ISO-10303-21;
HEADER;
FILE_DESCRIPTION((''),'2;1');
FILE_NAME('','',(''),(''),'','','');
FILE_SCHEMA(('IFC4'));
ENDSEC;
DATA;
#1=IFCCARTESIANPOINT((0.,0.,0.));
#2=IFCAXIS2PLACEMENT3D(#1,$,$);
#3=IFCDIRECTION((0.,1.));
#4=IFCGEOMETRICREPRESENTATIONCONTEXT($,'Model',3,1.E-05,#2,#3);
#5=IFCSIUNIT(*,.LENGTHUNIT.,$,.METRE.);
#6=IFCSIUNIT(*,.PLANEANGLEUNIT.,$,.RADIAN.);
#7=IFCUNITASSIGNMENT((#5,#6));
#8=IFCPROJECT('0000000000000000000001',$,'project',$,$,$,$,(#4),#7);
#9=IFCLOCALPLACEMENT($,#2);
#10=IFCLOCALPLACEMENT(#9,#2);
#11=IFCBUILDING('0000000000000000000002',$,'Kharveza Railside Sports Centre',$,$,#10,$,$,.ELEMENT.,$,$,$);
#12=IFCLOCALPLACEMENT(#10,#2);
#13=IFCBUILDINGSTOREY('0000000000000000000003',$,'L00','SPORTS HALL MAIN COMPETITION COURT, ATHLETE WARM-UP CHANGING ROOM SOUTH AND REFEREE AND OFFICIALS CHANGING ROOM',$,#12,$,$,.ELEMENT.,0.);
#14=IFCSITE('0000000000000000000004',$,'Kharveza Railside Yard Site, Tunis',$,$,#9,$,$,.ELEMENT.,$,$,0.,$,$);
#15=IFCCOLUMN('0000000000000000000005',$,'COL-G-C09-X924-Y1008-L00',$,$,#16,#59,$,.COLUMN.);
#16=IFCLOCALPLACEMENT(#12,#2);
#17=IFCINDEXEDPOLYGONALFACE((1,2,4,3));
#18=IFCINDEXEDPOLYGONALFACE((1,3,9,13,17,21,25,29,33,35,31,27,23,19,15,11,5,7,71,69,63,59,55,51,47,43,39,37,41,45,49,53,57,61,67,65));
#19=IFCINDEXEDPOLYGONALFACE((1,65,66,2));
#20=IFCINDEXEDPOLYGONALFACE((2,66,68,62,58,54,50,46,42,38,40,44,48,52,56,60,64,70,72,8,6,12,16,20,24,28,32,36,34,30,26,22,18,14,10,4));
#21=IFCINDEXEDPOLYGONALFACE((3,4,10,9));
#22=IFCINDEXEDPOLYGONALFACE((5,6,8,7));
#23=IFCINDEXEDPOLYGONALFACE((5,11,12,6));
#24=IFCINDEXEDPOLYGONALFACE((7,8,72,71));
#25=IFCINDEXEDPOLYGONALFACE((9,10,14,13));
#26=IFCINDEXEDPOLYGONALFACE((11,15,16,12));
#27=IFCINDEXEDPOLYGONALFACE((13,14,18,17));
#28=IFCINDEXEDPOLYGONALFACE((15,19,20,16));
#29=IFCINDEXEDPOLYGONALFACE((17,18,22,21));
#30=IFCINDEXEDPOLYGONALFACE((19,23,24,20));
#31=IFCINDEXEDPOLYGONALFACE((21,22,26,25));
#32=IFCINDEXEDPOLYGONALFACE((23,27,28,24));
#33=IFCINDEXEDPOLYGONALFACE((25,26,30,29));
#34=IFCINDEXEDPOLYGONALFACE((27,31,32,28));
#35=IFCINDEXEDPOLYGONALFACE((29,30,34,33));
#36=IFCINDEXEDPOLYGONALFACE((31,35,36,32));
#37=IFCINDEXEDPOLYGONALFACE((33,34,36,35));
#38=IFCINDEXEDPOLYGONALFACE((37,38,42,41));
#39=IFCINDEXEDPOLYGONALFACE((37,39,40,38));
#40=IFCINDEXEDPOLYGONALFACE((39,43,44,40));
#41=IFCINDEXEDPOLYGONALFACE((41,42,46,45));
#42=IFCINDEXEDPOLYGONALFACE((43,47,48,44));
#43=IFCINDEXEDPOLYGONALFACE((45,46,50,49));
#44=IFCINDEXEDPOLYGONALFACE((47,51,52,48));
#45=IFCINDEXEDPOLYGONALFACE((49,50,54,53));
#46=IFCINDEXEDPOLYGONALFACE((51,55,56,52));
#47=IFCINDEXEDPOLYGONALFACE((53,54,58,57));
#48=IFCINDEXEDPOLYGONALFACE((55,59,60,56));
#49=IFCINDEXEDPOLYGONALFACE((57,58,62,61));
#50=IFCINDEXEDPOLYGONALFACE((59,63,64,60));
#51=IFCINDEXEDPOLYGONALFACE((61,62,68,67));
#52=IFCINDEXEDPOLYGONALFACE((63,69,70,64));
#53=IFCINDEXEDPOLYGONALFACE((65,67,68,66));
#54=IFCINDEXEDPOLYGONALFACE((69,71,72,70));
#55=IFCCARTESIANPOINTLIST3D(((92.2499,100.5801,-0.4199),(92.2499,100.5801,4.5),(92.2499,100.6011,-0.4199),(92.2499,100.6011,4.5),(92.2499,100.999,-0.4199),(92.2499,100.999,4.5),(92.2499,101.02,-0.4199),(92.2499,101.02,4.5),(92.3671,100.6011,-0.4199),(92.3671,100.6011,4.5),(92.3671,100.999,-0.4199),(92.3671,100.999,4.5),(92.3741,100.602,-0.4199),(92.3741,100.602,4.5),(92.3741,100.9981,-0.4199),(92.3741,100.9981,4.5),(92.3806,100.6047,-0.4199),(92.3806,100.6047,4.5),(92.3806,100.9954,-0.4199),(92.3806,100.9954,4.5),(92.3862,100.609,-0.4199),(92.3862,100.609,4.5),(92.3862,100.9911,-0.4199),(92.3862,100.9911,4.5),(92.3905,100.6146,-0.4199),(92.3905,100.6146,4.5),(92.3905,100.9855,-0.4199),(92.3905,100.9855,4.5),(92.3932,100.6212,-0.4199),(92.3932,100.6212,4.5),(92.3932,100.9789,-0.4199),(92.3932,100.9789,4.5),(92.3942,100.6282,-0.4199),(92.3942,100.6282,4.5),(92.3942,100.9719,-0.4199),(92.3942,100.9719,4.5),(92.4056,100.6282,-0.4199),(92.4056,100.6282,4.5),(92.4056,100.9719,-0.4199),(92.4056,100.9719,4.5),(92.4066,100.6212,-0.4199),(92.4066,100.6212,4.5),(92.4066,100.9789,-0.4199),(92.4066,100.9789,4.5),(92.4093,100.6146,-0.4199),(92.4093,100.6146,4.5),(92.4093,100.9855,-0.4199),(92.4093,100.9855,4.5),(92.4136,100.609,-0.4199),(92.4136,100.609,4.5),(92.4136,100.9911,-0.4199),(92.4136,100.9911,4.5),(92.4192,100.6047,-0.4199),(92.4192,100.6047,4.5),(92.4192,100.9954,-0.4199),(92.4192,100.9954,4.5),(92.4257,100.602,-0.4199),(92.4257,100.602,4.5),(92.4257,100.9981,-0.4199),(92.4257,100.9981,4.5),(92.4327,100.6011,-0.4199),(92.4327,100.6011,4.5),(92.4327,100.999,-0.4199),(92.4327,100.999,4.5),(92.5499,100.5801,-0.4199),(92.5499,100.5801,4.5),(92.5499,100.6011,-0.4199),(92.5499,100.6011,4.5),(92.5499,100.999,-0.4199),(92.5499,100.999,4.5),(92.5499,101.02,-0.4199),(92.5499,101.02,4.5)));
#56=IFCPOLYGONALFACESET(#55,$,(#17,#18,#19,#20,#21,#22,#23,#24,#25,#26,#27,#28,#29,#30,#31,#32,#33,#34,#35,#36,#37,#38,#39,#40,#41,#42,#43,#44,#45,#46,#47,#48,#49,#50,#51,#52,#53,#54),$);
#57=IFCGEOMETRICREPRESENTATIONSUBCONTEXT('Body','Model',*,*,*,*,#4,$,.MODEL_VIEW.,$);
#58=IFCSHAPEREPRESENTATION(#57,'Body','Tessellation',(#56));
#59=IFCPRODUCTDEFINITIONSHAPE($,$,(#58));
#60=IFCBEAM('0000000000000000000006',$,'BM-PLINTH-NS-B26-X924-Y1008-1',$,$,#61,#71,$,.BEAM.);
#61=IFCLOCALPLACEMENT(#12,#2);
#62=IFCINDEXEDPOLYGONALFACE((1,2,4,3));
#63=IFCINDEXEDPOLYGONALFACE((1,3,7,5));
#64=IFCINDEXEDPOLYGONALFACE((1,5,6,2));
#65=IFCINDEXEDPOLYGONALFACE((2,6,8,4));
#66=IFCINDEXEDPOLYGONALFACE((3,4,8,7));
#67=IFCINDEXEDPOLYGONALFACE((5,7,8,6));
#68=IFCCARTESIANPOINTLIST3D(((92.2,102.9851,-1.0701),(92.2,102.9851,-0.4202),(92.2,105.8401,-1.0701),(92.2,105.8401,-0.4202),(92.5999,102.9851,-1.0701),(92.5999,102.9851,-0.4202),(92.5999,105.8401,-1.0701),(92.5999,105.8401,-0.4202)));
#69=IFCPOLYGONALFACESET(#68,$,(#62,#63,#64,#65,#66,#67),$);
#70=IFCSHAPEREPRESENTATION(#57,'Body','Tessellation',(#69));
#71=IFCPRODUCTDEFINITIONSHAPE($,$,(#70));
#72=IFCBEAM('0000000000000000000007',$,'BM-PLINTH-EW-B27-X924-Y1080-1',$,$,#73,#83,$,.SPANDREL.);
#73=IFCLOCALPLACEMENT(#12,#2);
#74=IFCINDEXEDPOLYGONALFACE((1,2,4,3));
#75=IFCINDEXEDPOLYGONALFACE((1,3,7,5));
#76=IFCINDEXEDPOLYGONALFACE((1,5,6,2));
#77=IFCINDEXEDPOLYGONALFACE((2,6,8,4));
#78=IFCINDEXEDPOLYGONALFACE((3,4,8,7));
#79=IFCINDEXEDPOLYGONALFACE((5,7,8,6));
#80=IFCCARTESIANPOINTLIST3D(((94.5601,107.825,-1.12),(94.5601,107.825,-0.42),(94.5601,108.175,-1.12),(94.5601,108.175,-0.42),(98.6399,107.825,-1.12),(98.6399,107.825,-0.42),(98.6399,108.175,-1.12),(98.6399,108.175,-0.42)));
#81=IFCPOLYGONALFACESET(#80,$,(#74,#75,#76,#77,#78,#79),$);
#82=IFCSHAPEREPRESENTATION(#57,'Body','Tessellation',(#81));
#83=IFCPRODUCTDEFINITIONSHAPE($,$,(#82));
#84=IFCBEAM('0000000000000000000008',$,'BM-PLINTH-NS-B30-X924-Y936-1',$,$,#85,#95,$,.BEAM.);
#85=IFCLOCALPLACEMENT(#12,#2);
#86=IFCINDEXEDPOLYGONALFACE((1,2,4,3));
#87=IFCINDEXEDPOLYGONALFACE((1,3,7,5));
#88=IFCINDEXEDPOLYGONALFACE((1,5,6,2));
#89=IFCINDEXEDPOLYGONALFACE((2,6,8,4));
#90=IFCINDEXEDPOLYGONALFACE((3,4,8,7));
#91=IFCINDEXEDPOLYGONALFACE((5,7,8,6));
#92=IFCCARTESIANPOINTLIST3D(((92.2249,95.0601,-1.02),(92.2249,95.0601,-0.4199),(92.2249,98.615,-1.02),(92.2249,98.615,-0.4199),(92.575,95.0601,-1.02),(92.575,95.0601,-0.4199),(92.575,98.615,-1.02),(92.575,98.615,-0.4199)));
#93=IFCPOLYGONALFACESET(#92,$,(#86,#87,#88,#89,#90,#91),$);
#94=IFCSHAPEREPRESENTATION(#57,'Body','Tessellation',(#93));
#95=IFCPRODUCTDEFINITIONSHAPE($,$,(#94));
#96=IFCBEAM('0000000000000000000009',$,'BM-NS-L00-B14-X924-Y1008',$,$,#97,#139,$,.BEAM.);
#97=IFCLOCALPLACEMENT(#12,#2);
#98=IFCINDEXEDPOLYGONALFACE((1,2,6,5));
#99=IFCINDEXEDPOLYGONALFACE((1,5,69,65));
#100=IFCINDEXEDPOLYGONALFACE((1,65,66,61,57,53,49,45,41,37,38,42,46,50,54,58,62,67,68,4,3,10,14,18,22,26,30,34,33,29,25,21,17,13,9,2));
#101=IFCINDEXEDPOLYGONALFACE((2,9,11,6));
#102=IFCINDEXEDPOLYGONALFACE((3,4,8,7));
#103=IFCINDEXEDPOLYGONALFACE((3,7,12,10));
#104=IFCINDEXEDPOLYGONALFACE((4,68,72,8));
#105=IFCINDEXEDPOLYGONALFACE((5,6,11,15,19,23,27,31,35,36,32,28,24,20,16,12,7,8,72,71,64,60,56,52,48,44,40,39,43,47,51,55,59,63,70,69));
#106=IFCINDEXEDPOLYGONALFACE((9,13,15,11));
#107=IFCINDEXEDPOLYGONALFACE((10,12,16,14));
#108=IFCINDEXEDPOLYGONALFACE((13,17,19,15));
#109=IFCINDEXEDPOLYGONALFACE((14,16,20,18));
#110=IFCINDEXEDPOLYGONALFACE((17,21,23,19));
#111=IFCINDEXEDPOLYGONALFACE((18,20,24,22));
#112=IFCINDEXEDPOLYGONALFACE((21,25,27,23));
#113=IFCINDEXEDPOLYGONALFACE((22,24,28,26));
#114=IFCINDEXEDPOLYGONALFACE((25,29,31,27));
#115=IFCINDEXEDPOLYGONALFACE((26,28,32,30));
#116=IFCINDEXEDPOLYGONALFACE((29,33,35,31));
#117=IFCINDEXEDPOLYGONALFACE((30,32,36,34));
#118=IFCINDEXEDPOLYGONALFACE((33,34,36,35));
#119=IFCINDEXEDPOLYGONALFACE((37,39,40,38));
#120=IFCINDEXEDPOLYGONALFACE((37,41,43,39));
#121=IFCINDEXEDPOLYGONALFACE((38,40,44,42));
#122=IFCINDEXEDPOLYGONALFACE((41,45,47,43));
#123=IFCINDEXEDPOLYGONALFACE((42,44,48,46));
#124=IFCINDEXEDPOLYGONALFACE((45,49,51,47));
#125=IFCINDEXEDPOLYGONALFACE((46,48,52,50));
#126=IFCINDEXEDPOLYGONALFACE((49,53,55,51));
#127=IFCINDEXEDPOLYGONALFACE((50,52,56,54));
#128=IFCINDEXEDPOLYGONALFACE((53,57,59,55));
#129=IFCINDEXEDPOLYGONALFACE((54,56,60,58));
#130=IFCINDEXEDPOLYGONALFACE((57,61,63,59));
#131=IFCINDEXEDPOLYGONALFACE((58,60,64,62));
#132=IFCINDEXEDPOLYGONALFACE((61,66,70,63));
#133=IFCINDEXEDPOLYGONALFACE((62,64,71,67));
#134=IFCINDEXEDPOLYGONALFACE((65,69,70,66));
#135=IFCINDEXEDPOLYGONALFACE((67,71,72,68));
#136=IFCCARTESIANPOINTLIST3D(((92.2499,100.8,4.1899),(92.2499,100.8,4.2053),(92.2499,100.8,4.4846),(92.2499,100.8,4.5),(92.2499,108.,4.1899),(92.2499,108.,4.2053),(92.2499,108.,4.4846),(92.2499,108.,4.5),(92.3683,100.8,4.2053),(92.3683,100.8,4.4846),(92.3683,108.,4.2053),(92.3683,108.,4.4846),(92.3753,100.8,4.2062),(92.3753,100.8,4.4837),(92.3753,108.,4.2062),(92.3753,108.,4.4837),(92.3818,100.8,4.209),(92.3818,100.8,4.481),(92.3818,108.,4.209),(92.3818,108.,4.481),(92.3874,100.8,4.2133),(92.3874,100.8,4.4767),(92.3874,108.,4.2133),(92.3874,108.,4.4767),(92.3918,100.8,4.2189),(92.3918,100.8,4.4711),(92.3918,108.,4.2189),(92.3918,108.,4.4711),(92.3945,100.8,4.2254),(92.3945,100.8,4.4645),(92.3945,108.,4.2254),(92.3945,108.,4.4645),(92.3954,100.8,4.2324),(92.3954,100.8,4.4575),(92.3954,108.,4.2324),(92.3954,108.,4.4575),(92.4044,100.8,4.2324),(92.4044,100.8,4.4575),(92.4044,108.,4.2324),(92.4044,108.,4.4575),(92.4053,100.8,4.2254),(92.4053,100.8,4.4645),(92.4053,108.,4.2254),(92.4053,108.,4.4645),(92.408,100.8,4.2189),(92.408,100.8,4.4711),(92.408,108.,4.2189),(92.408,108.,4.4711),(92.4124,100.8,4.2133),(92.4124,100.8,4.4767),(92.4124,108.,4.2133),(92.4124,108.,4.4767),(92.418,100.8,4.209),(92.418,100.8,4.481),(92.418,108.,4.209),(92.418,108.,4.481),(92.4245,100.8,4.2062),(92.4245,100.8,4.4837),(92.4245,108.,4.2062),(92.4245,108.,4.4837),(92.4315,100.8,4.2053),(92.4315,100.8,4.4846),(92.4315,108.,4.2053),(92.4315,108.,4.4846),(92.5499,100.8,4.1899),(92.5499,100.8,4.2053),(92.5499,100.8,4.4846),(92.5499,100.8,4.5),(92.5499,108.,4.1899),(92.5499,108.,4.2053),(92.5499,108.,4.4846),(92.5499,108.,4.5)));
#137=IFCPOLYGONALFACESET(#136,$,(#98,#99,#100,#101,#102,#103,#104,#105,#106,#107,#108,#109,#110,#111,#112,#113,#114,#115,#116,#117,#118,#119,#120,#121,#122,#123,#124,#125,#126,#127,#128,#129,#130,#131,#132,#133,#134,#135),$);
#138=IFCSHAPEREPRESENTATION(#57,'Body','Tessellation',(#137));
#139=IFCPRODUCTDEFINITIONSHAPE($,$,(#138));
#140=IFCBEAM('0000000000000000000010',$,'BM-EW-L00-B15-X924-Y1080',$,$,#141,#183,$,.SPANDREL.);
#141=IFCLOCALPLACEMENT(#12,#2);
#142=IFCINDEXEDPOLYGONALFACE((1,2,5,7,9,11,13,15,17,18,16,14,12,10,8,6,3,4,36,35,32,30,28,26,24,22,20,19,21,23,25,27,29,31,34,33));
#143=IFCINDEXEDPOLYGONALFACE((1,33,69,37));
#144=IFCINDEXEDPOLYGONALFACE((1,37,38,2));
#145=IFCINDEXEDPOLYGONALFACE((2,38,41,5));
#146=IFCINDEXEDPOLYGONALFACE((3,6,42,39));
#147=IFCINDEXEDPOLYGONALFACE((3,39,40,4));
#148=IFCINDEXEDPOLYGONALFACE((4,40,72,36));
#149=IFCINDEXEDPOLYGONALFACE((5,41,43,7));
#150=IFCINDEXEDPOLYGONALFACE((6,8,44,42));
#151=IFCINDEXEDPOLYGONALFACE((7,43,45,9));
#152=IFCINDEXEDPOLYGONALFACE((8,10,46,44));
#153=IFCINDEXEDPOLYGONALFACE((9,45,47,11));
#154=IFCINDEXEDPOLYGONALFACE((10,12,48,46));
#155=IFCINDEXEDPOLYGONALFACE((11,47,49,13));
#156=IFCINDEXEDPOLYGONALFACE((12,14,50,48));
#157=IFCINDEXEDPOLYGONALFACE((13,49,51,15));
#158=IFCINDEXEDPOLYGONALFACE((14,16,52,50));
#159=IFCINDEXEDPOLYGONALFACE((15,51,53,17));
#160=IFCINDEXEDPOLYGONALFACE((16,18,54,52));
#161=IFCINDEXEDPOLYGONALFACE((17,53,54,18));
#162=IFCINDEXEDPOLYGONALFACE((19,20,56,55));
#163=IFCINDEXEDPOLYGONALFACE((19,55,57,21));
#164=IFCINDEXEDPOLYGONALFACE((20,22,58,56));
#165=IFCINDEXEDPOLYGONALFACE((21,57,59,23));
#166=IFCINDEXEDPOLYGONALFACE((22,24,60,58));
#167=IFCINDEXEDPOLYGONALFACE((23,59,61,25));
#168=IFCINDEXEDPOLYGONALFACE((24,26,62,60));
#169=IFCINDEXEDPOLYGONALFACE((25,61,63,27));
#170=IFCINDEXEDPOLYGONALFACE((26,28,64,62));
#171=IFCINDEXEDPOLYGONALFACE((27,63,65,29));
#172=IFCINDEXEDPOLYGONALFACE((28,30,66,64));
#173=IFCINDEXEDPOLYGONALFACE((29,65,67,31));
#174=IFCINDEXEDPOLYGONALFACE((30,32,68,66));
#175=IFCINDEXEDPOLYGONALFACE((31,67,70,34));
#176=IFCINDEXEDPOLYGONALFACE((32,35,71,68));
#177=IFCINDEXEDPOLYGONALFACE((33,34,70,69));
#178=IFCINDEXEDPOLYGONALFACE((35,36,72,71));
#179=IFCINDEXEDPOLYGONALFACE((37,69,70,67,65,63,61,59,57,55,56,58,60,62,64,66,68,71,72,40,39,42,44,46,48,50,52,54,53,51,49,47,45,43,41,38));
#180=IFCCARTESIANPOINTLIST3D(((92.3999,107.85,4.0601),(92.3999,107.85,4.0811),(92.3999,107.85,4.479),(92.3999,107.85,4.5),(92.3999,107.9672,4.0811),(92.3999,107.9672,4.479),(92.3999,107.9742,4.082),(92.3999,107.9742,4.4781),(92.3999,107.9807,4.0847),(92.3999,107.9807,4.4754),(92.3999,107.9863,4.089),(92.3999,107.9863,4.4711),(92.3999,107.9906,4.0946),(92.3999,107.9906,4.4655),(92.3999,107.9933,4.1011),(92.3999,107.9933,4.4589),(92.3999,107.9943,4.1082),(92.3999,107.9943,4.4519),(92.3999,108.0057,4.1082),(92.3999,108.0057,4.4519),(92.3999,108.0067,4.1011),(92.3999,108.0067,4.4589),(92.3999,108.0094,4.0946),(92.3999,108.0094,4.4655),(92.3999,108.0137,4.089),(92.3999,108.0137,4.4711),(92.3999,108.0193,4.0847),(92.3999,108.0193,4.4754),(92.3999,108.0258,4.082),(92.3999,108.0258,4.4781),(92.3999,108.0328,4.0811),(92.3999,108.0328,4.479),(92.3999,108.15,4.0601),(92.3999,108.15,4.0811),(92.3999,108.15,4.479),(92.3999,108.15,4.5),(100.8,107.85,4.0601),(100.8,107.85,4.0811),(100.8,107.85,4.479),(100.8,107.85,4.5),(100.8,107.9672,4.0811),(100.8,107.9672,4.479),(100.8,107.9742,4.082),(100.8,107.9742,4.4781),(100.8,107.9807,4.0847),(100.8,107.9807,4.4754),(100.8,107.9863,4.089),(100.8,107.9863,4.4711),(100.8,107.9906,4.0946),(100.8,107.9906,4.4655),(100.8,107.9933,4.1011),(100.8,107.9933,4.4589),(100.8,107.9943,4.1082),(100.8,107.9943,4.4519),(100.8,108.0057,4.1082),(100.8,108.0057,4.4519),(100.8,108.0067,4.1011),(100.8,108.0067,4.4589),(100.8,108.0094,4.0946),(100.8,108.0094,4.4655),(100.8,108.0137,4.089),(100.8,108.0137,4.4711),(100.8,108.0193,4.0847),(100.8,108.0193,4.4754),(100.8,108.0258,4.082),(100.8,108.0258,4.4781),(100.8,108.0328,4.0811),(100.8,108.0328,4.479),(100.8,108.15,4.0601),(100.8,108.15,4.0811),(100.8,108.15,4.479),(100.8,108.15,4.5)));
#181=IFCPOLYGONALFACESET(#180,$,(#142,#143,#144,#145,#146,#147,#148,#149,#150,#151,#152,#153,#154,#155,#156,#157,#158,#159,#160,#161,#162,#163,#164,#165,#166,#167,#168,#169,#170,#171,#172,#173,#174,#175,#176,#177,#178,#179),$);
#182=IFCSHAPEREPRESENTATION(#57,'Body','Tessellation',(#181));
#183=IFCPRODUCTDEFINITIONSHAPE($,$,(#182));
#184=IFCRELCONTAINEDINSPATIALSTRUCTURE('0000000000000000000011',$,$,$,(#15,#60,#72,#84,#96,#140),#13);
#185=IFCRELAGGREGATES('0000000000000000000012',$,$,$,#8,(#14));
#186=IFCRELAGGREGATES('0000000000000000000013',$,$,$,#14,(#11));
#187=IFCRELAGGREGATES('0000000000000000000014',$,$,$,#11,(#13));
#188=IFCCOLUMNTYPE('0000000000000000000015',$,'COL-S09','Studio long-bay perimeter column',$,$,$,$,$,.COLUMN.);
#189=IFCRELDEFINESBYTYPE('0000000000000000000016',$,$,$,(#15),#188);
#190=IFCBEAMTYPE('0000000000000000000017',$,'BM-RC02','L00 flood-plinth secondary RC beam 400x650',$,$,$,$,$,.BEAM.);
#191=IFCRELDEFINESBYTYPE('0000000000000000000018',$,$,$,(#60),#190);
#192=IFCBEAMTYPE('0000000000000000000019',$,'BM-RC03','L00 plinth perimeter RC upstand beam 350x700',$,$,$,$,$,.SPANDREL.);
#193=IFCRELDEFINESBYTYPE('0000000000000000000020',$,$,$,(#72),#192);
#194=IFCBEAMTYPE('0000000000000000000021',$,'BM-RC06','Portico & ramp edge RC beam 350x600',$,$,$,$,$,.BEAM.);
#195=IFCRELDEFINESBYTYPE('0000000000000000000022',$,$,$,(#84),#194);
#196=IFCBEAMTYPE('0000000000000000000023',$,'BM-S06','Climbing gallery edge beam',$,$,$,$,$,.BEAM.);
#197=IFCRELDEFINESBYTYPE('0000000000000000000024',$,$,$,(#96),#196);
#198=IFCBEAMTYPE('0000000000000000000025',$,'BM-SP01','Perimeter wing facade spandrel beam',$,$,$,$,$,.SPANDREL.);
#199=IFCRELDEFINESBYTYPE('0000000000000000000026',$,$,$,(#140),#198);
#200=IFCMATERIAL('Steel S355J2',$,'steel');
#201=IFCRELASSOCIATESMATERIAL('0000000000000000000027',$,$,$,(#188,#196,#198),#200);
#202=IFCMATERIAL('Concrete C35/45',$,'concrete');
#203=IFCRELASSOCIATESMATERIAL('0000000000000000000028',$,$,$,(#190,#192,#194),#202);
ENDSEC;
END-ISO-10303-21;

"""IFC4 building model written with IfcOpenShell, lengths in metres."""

from ifc_helpers import new_model, si_unit, direction, frame, origin, origin_2d, place, context, subcontext, project, spatial, rectangle, i_section, extrude, material, material_profile, profile_set, type_object, element, save


model = new_model("IFC4")

# Units and contexts
model_context = context("Model", 3, precision=1e-05, world=origin(), true_north=direction((0.0, 1.0)))
body_context = subcontext(model_context, "Body", "Model", "MODEL_VIEW")
ifc_project = project(units=[si_unit("LENGTHUNIT", "METRE"), si_unit("PLANEANGLEUNIT", "RADIAN")], contexts=[model_context])

# Site, building, storey
site_placement = place(None, origin())
site = spatial("IfcSite", under=ifc_project, at=site_placement, Name="Kharveza Railside Yard Site, Tunis", CompositionType="ELEMENT", RefElevation=0.0)
building_placement = place(site_placement, origin())
building = spatial("IfcBuilding", under=site, at=building_placement, Name="Kharveza Railside Sports Centre", CompositionType="ELEMENT")
storey_placement = place(building_placement, origin())
storey = spatial("IfcBuildingStorey", under=building, at=storey_placement, Name="L00", Description="SPORTS HALL MAIN COMPETITION COURT, ATHLETE WARM-UP CHANGING ROOM SOUTH AND REFEREE AND OFFICIALS CHANGING ROOM", CompositionType="ELEMENT", Elevation=0.0)

# Shared definitions
ifc_material_1 = material(Name="Concrete C35/45", Category="concrete")

# Column
ifc_material_2 = material(Name="Steel S355J2", Category="steel")
ifc_material_profile_1 = material_profile(ifc_material_2, i_section(OverallWidth=0.3, OverallDepth=0.4399, WebThickness=0.0115, FlangeThickness=0.021, FilletRadius=0.0271, at=origin_2d()), Name="HEA 450")
ifc_profile_set_1 = profile_set([ifc_material_profile_1], Name="Steel S355J2")
column_type_1 = type_object("IfcColumnType", Name="COL-S09", Description="Studio long-bay perimeter column", PredefinedType="COLUMN", material=ifc_profile_set_1)
column_1_placement = place(storey_placement, frame((92.3999, 100.8, -0.4199), z_axis=(0.0, 0.0, 1.0), x_axis=(1.0, 0.0, 0.0)))
element("IfcColumn", 1, at=column_1_placement, inside=storey, type_object=column_type_1, Name="COL-G-C09-X924-Y1008-L00", PredefinedType="COLUMN", context=body_context, shape_type="SweptSolid", body=[
    extrude(i_section(OverallWidth=0.3, OverallDepth=0.4399, WebThickness=0.0115, FlangeThickness=0.021, FilletRadius=0.0271, at=origin_2d()), origin(), (0.0, 0.0, 1.0), 4.9199),
])

# Beams
ifc_material_profile_2 = material_profile(ifc_material_1, rectangle(XDim=0.3999, YDim=0.6499, at=origin_2d()), Name="RCB 400x650")
ifc_profile_set_2 = profile_set([ifc_material_profile_2], Name="Concrete C35/45")
beam_type_1 = type_object("IfcBeamType", Name="BM-RC02", Description="L00 flood-plinth secondary RC beam 400x650", PredefinedType="BEAM", material=ifc_profile_set_2)
beam_1_placement = place(storey_placement, frame((92.3999, 102.9851, -0.7451), z_axis=(0.0, 1.0, 0.0), x_axis=(-1.0, 0.0, 0.0)))
element("IfcBeam", 2, at=beam_1_placement, inside=storey, type_object=beam_type_1, Name="BM-PLINTH-NS-B26-X924-Y1008-1", PredefinedType="BEAM", context=body_context, shape_type="SweptSolid", body=[
    extrude(rectangle(XDim=0.3999, YDim=0.6499, at=origin_2d()), origin(), (0.0, 0.0, 1.0), 2.855),
])
ifc_material_profile_3 = material_profile(ifc_material_1, rectangle(XDim=0.3501, YDim=0.7, at=origin_2d()), Name="RCB 350x700")
ifc_profile_set_3 = profile_set([ifc_material_profile_3], Name="Concrete C35/45")
beam_type_2 = type_object("IfcBeamType", Name="BM-RC03", Description="L00 plinth perimeter RC upstand beam 350x700", PredefinedType="SPANDREL", material=ifc_profile_set_3)
beam_2_placement = place(storey_placement, frame((94.5601, 108.0, -0.77), z_axis=(1.0, 0.0, 0.0), x_axis=(0.0, 1.0, 0.0)))
element("IfcBeam", 3, at=beam_2_placement, inside=storey, type_object=beam_type_2, Name="BM-PLINTH-EW-B27-X924-Y1080-1", PredefinedType="SPANDREL", context=body_context, shape_type="SweptSolid", body=[
    extrude(rectangle(XDim=0.3501, YDim=0.7, at=origin_2d()), origin(), (0.0, 0.0, 1.0), 4.0798),
])
ifc_material_profile_4 = material_profile(ifc_material_1, rectangle(XDim=0.3501, YDim=0.6001, at=origin_2d()), Name="RCB 350x600")
ifc_profile_set_4 = profile_set([ifc_material_profile_4], Name="Concrete C35/45")
beam_type_3 = type_object("IfcBeamType", Name="BM-RC06", Description="Portico & ramp edge RC beam 350x600", PredefinedType="BEAM", material=ifc_profile_set_4)
beam_3_placement = place(storey_placement, frame((92.3999, 95.0601, -0.72), z_axis=(0.0, 1.0, 0.0), x_axis=(-1.0, 0.0, 0.0)))
element("IfcBeam", 4, at=beam_3_placement, inside=storey, type_object=beam_type_3, Name="BM-PLINTH-NS-B30-X924-Y936-1", PredefinedType="BEAM", context=body_context, shape_type="SweptSolid", body=[
    extrude(rectangle(XDim=0.3501, YDim=0.6001, at=origin_2d()), origin(), (0.0, 0.0, 1.0), 3.5549),
])
ifc_material_profile_5 = material_profile(ifc_material_2, i_section(OverallWidth=0.3, OverallDepth=0.3101, WebThickness=0.009, FlangeThickness=0.0154, FilletRadius=0.0271, at=origin_2d()), Name="HEA 320")
ifc_profile_set_5 = profile_set([ifc_material_profile_5], Name="Steel S355J2")
beam_type_4 = type_object("IfcBeamType", Name="BM-S06", Description="Climbing gallery edge beam", PredefinedType="BEAM", material=ifc_profile_set_5)
beam_4_placement = place(storey_placement, frame((92.3999, 100.8, 4.345), z_axis=(0.0, 1.0, 0.0), x_axis=(-1.0, 0.0, 0.0)))
element("IfcBeam", 5, at=beam_4_placement, inside=storey, type_object=beam_type_4, Name="BM-NS-L00-B14-X924-Y1008", PredefinedType="BEAM", context=body_context, shape_type="SweptSolid", body=[
    extrude(i_section(OverallWidth=0.3, OverallDepth=0.3101, WebThickness=0.009, FlangeThickness=0.0154, FilletRadius=0.0271, at=origin_2d()), origin(), (0.0, 0.0, 1.0), 7.2),
])
ifc_material_profile_6 = material_profile(ifc_material_2, i_section(OverallWidth=0.3, OverallDepth=0.4399, WebThickness=0.0115, FlangeThickness=0.021, FilletRadius=0.0271, at=origin_2d()), Name="HEA 450")
ifc_profile_set_6 = profile_set([ifc_material_profile_6], Name="Steel S355J2")
beam_type_5 = type_object("IfcBeamType", Name="BM-SP01", Description="Perimeter wing facade spandrel beam", PredefinedType="SPANDREL", material=ifc_profile_set_6)
beam_5_placement = place(storey_placement, frame((92.3999, 108.0, 4.28), z_axis=(1.0, 0.0, 0.0), x_axis=(0.0, 1.0, 0.0)))
element("IfcBeam", 6, at=beam_5_placement, inside=storey, type_object=beam_type_5, Name="BM-EW-L00-B15-X924-Y1080", PredefinedType="SPANDREL", context=body_context, shape_type="SweptSolid", body=[
    extrude(i_section(OverallWidth=0.3, OverallDepth=0.4399, WebThickness=0.0115, FlangeThickness=0.021, FilletRadius=0.0271, at=origin_2d()), origin(), (0.0, 0.0, 1.0), 8.4001),
])

save(model, "model.ifc")
